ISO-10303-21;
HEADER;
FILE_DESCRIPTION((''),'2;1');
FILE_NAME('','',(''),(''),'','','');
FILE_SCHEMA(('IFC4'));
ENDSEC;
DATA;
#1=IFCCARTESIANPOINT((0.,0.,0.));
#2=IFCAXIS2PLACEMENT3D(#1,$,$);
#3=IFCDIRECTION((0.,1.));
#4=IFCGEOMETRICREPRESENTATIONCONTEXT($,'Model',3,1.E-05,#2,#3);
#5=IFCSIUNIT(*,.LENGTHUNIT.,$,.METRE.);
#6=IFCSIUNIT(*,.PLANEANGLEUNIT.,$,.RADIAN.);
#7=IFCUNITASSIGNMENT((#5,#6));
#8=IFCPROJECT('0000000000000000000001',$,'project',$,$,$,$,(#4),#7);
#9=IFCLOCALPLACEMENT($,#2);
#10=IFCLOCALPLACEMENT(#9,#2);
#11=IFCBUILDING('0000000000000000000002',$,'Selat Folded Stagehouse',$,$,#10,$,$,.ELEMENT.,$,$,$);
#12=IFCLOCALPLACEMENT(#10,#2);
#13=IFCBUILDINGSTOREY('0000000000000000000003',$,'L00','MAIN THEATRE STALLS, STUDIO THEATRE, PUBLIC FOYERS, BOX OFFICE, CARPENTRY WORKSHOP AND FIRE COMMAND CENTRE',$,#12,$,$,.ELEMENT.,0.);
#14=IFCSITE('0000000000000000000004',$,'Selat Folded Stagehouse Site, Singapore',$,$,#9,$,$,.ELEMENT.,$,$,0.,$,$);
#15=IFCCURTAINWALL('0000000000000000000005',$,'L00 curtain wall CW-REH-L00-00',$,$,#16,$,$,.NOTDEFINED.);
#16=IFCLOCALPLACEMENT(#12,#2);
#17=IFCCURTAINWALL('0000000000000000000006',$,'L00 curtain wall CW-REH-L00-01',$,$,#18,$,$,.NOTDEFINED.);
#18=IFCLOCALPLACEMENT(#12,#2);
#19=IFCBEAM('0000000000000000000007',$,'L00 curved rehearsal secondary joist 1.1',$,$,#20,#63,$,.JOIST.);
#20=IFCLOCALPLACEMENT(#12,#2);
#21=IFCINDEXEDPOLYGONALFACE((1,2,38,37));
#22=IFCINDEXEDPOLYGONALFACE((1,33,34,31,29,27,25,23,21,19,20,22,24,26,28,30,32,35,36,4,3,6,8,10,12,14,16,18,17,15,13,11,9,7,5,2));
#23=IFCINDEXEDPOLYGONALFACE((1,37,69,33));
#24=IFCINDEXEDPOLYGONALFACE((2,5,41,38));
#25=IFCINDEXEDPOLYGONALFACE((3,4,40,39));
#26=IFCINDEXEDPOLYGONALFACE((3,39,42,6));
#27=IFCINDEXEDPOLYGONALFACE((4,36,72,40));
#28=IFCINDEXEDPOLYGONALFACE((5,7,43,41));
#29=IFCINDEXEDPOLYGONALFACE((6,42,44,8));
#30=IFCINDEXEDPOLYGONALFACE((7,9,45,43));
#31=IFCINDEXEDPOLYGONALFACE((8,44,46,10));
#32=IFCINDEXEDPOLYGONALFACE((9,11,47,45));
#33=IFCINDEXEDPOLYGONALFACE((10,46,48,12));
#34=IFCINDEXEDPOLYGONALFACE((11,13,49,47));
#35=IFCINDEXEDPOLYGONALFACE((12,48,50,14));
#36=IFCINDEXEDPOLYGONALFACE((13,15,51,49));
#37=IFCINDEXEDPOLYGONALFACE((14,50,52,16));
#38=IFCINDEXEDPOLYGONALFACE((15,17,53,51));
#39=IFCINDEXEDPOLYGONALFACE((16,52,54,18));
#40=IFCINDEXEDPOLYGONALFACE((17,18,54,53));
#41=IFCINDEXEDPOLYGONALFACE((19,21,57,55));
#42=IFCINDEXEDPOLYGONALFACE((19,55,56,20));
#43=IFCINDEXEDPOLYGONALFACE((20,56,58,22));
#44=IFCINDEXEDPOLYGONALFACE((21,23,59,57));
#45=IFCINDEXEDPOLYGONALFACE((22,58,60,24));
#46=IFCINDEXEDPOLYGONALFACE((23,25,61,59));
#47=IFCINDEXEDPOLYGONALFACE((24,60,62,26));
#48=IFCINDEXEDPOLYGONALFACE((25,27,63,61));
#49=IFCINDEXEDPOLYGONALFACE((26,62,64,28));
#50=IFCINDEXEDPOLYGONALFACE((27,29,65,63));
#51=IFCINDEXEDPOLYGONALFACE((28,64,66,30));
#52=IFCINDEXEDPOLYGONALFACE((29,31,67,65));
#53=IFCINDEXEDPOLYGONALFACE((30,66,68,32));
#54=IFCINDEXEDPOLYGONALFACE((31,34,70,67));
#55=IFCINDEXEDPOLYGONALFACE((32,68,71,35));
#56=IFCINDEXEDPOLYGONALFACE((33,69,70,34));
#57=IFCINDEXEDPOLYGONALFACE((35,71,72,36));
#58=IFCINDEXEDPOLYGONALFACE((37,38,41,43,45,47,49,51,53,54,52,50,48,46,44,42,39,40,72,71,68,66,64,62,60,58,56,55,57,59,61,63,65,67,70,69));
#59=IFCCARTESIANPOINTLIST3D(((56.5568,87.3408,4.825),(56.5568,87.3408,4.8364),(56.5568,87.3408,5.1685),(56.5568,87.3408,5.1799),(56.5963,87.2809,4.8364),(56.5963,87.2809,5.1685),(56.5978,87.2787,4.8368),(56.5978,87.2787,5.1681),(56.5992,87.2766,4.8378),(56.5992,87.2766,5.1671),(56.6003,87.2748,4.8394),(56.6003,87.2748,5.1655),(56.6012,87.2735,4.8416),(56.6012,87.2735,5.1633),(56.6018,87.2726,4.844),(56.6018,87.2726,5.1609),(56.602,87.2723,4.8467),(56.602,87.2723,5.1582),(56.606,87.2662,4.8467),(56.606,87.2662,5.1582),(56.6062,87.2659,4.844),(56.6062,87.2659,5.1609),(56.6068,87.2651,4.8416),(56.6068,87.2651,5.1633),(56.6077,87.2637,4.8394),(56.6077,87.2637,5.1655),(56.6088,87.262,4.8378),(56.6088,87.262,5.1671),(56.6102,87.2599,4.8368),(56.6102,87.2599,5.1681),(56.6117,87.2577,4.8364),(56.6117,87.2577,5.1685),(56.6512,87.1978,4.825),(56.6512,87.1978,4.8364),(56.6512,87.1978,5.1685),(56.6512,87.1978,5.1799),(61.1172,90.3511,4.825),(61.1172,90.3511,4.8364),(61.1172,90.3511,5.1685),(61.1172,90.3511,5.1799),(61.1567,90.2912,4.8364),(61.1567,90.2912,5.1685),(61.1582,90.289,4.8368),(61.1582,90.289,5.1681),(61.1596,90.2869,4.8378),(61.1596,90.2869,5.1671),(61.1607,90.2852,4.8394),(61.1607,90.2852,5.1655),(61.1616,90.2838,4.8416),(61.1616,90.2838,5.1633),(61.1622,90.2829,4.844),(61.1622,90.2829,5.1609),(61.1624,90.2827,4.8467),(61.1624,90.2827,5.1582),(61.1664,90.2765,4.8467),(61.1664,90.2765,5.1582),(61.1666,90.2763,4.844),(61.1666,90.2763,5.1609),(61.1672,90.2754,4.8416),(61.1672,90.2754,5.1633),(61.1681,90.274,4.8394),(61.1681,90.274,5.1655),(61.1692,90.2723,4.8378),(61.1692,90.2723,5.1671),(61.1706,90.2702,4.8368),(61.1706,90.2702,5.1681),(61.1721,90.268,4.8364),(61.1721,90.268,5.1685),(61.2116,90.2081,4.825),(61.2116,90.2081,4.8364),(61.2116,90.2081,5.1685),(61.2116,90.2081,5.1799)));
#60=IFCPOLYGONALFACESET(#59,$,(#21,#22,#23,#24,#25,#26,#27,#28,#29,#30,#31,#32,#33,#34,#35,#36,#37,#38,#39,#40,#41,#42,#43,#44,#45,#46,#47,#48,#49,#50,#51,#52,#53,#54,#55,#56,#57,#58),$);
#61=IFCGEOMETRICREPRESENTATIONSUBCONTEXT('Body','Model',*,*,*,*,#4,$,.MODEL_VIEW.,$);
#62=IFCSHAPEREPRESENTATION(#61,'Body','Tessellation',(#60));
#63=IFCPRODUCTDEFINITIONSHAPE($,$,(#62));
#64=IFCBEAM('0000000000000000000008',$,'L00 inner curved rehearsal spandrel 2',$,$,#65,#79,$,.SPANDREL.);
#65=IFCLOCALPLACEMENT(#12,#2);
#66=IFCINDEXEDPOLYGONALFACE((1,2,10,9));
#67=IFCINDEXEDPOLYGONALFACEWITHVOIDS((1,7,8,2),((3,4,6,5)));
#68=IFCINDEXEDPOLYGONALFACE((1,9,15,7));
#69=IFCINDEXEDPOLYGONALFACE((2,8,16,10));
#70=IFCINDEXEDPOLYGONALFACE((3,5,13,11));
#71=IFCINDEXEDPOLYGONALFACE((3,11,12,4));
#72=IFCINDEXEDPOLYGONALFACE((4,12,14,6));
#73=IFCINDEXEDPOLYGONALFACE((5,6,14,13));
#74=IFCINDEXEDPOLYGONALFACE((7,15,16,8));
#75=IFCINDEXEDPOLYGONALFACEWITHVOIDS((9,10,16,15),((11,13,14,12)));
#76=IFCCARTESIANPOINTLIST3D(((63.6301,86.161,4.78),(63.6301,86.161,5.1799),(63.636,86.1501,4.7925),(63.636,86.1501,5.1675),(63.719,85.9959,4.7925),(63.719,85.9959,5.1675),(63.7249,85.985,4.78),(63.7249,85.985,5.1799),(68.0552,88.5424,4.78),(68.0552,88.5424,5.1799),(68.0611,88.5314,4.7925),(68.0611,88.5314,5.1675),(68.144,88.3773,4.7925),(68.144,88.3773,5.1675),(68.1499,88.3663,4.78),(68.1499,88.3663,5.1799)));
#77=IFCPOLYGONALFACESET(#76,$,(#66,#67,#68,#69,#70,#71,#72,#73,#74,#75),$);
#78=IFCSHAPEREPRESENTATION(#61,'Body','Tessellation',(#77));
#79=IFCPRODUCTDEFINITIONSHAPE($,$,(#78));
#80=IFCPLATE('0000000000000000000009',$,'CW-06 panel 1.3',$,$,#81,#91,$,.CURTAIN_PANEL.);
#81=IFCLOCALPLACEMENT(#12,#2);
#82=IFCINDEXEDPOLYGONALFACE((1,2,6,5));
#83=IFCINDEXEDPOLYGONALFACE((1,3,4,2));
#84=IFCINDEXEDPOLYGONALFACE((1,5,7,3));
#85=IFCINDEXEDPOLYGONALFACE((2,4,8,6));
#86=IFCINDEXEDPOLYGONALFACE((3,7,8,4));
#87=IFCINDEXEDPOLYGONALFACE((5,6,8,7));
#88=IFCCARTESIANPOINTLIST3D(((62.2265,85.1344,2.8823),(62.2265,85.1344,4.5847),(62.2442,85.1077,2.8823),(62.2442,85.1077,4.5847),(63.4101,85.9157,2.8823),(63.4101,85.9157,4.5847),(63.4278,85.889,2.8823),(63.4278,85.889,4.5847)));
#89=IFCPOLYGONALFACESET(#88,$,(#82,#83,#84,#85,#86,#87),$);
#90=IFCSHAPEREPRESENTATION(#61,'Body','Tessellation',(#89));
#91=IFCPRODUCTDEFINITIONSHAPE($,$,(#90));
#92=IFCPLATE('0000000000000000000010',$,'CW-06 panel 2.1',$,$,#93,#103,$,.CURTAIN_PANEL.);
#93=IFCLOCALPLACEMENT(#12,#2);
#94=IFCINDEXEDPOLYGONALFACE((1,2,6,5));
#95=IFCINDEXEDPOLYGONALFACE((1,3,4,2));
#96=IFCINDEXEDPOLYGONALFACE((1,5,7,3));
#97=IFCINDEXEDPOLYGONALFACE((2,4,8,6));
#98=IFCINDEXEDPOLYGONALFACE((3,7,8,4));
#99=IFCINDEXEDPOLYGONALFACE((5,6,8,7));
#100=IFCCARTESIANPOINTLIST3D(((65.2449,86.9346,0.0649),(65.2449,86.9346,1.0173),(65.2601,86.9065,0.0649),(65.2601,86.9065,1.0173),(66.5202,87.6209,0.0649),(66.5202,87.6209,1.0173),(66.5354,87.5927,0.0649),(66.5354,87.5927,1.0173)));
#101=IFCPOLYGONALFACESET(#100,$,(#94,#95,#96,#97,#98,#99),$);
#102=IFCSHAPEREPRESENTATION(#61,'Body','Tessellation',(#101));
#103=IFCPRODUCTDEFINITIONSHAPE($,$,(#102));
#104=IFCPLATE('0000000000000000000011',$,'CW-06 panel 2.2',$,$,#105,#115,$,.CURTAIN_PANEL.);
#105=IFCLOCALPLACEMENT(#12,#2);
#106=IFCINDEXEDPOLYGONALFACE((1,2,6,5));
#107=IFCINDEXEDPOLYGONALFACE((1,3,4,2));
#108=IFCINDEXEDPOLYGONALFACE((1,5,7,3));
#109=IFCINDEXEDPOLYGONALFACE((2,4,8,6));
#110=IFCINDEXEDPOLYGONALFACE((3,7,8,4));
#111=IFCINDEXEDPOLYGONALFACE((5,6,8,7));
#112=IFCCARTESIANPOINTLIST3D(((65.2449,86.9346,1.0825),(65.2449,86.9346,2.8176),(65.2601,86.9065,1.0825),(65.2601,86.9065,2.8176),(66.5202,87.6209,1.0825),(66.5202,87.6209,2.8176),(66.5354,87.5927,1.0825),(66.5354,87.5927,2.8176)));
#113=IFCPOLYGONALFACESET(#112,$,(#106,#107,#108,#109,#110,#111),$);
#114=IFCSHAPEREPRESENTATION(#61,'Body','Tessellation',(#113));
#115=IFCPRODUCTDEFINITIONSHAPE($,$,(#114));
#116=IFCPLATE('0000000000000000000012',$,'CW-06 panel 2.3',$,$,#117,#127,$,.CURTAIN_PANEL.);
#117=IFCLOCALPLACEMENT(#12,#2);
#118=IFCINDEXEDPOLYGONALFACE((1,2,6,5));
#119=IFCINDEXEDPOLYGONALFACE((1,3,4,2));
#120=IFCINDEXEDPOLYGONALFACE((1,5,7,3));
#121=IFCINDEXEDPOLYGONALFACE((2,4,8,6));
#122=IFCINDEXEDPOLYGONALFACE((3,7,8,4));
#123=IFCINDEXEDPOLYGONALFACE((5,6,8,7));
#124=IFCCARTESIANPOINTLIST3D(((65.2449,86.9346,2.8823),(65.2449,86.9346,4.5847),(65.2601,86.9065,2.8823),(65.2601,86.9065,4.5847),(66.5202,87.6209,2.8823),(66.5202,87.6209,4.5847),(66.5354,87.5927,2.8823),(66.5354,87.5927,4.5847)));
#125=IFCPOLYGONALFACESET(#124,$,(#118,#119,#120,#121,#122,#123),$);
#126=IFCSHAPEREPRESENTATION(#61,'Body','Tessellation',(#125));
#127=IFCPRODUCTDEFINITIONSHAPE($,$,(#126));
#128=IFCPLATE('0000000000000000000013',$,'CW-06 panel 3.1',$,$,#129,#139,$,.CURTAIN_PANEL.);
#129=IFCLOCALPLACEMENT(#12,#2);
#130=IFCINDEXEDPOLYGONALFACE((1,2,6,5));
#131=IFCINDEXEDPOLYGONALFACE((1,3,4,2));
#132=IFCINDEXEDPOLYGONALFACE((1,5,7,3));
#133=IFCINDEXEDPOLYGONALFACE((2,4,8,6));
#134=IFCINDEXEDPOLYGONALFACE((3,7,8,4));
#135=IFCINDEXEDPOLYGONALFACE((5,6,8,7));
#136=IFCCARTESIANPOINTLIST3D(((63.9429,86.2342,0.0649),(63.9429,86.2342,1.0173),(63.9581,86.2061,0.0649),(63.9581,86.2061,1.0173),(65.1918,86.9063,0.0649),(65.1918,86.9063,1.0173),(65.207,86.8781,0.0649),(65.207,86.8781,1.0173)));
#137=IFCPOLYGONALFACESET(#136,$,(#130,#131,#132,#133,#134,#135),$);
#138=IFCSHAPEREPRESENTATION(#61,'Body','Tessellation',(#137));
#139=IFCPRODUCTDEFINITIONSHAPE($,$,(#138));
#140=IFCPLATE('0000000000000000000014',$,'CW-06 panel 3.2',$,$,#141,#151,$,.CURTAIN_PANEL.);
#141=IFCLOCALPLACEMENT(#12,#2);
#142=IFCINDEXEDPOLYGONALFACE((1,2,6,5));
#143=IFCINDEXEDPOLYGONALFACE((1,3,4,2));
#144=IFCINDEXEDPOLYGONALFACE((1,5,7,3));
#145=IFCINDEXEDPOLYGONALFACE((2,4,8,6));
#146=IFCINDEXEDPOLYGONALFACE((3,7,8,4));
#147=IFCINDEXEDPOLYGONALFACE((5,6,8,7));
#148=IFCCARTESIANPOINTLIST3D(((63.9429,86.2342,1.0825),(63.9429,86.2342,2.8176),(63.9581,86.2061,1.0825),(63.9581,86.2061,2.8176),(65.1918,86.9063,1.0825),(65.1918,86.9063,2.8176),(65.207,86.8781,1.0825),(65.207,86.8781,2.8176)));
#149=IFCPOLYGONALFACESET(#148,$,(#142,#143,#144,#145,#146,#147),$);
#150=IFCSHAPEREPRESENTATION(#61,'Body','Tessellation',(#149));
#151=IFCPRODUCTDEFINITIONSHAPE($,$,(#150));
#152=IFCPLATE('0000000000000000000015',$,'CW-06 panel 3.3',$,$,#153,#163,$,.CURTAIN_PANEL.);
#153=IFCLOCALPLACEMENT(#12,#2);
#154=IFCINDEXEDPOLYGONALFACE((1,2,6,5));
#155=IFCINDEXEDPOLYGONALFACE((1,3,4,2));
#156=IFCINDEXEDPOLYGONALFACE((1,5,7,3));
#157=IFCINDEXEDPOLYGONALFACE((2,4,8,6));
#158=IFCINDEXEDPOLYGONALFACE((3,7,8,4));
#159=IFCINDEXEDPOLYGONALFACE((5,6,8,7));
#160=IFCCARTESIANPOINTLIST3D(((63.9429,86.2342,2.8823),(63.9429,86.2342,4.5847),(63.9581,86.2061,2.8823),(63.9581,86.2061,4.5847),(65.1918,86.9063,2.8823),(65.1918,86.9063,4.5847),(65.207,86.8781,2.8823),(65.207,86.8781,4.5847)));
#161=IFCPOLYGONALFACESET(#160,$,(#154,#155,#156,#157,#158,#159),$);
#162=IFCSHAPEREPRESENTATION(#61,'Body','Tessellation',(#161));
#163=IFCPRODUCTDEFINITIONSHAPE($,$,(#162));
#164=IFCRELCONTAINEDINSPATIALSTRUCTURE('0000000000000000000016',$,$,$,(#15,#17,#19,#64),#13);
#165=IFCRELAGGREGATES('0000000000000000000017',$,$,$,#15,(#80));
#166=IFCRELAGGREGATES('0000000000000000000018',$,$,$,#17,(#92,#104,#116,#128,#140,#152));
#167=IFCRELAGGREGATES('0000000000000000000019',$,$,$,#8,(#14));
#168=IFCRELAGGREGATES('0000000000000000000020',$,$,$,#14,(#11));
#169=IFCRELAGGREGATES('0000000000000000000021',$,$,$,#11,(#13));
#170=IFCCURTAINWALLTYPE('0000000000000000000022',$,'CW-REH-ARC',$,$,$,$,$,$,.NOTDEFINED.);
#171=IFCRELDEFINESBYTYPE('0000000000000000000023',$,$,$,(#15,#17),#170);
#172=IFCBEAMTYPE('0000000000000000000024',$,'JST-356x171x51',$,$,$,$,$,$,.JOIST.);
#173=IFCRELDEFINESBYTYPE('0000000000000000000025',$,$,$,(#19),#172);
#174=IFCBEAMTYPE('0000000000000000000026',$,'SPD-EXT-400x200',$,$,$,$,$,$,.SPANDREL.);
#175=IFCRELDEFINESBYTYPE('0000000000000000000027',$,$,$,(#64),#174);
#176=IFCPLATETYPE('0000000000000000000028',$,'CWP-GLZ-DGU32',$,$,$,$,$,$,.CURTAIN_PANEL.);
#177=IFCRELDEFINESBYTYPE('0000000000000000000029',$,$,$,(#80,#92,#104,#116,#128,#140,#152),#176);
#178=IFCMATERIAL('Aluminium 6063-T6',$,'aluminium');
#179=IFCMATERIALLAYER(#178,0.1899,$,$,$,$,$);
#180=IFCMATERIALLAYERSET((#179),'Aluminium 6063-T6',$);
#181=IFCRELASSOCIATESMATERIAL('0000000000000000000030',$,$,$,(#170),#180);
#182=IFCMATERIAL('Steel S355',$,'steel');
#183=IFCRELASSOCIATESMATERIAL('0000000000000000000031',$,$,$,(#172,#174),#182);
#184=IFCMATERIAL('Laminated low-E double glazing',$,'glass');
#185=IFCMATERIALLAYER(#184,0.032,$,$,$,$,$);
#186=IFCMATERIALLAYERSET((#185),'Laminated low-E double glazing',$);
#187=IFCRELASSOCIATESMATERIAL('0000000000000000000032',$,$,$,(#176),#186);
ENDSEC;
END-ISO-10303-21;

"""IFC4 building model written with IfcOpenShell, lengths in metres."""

from ifc_helpers import new_model, si_unit, direction, frame, origin, origin_2d, place, context, subcontext, project, spatial, rectangle, hollow_rectangle, i_section, extrude, material, layer, layer_set, material_profile, profile_set, type_object, element, aggregate, save


model = new_model("IFC4")

# Units and contexts
model_context = context("Model", 3, precision=1e-05, world=origin(), true_north=direction((0.0, 1.0)))
body_context = subcontext(model_context, "Body", "Model", "MODEL_VIEW")
ifc_project = project(units=[si_unit("LENGTHUNIT", "METRE"), si_unit("PLANEANGLEUNIT", "RADIAN")], contexts=[model_context])

# Site, building, storey
site_placement = place(None, origin())
site = spatial("IfcSite", under=ifc_project, at=site_placement, Name="Selat Folded Stagehouse Site, Singapore", CompositionType="ELEMENT", RefElevation=0.0)
building_placement = place(site_placement, origin())
building = spatial("IfcBuilding", under=site, at=building_placement, Name="Selat Folded Stagehouse", CompositionType="ELEMENT")
storey_placement = place(building_placement, origin())
storey = spatial("IfcBuildingStorey", under=building, at=storey_placement, Name="L00", Description="MAIN THEATRE STALLS, STUDIO THEATRE, PUBLIC FOYERS, BOX OFFICE, CARPENTRY WORKSHOP AND FIRE COMMAND CENTRE", CompositionType="ELEMENT", Elevation=0.0)

# Shared definitions
ifc_material_1 = material(Name="Steel S355", Category="steel")

# Curtain wall
ifc_material_2 = material(Name="Aluminium 6063-T6", Category="aluminium")
ifc_layer_1 = layer(ifc_material_2, 0.1899)
ifc_layer_set_1 = layer_set([ifc_layer_1], Name="Aluminium 6063-T6")
curtain_wall_type = type_object("IfcCurtainWallType", Name="CW-REH-ARC", PredefinedType="NOTDEFINED", material=ifc_layer_set_1)
curtain_wall_1_placement = place(storey_placement, origin())
curtain_wall_1 = element("IfcCurtainWall", 1, at=curtain_wall_1_placement, inside=storey, type_object=curtain_wall_type, Name="L00 curtain wall CW-REH-L00-00", PredefinedType="NOTDEFINED")

# Curtain wall
curtain_wall_2_placement = place(storey_placement, origin())
curtain_wall_2 = element("IfcCurtainWall", 2, at=curtain_wall_2_placement, inside=storey, type_object=curtain_wall_type, Name="L00 curtain wall CW-REH-L00-01", PredefinedType="NOTDEFINED")

# Beams
ifc_material_profile_1 = material_profile(ifc_material_1, i_section(OverallWidth=0.1714, OverallDepth=0.355, WebThickness=0.0073, FlangeThickness=0.0115, FilletRadius=0.0103, at=origin_2d()), Name="UKB 356x171x51")
ifc_profile_set_1 = profile_set([ifc_material_profile_1], Name="Steel S355")
beam_type_1 = type_object("IfcBeamType", Name="JST-356x171x51", PredefinedType="JOIST", material=ifc_profile_set_1)
beam_1_placement = place(storey_placement, frame((56.604, 87.2693, 5.0024), z_axis=(0.834571, 0.5509, 0.0), x_axis=(-0.5509, 0.834571, 0.0)))
element("IfcBeam", 3, at=beam_1_placement, inside=storey, type_object=beam_type_1, Name="L00 curved rehearsal secondary joist 1.1", PredefinedType="JOIST", context=body_context, shape_type="SweptSolid", body=[
    extrude(i_section(OverallWidth=0.1714, OverallDepth=0.355, WebThickness=0.0073, FlangeThickness=0.0115, FilletRadius=0.0103, at=origin_2d()), origin(), (0.0, 0.0, 1.0), 5.4644),
])
ifc_material_profile_2 = material_profile(ifc_material_1, hollow_rectangle(XDim=0.2, YDim=0.3999, WallThickness=0.0125, at=origin_2d()), Name="RHS 400x200x12.5")
ifc_profile_set_2 = profile_set([ifc_material_profile_2], Name="Steel S355")
beam_type_2 = type_object("IfcBeamType", Name="SPD-EXT-400x200", PredefinedType="SPANDREL", material=ifc_profile_set_2)
beam_2_placement = place(storey_placement, frame((63.6775, 86.073, 4.98), z_axis=(0.880585, 0.473888, 0.0), x_axis=(-0.473888, 0.880585, 0.0)))
element("IfcBeam", 4, at=beam_2_placement, inside=storey, type_object=beam_type_2, Name="L00 inner curved rehearsal spandrel 2", PredefinedType="SPANDREL", context=body_context, shape_type="SweptSolid", body=[
    extrude(hollow_rectangle(XDim=0.2, YDim=0.3999, WallThickness=0.0125, at=origin_2d()), origin(), (0.0, 0.0, 1.0), 5.0251),
])

# Plates
ifc_material_3 = material(Name="Laminated low-E double glazing", Category="glass")
ifc_layer_2 = layer(ifc_material_3, 0.032)
ifc_layer_set_2 = layer_set([ifc_layer_2], Name="Laminated low-E double glazing")
plate_type = type_object("IfcPlateType", Name="CWP-GLZ-DGU32", PredefinedType="CURTAIN_PANEL", material=ifc_layer_set_2)
plate_1_placement = place(storey_placement, frame((62.8271, 85.5117, 2.8823), z_axis=(0.0, 0.0, 1.0), x_axis=(-0.834581, -0.550885, 0.0)))
plate_1 = element("IfcPlate", 5, at=plate_1_placement, type_object=plate_type, Name="CW-06 panel 1.3", PredefinedType="CURTAIN_PANEL", context=body_context, shape_type="SweptSolid", body=[
    extrude(rectangle(XDim=1.4182, YDim=0.032, at=origin_2d()), origin(), (0.0, 0.0, 1.0), 1.7024),
])
aggregate(curtain_wall_1, [plate_1])
plate_2_placement = place(storey_placement, frame((65.8901, 87.2637, 0.0649), z_axis=(0.0, 0.0, 1.0), x_axis=(-0.880601, -0.473859, 0.0)))
plate_2 = element("IfcPlate", 6, at=plate_2_placement, type_object=plate_type, Name="CW-06 panel 2.1", PredefinedType="CURTAIN_PANEL", context=body_context, shape_type="SweptSolid", body=[
    extrude(rectangle(XDim=1.4482, YDim=0.032, at=origin_2d()), origin(), (0.0, 0.0, 1.0), 0.9524),
])
plate_3_placement = place(storey_placement, frame((65.8901, 87.2637, 1.0825), z_axis=(0.0, 0.0, 1.0), x_axis=(-0.880601, -0.473859, 0.0)))
plate_3 = element("IfcPlate", 7, at=plate_3_placement, type_object=plate_type, Name="CW-06 panel 2.2", PredefinedType="CURTAIN_PANEL", context=body_context, shape_type="SweptSolid", body=[
    extrude(rectangle(XDim=1.4482, YDim=0.032, at=origin_2d()), origin(), (0.0, 0.0, 1.0), 1.7351),
])
plate_4_placement = place(storey_placement, frame((65.8901, 87.2637, 2.8823), z_axis=(0.0, 0.0, 1.0), x_axis=(-0.880601, -0.473859, 0.0)))
plate_4 = element("IfcPlate", 8, at=plate_4_placement, type_object=plate_type, Name="CW-06 panel 2.3", PredefinedType="CURTAIN_PANEL", context=body_context, shape_type="SweptSolid", body=[
    extrude(rectangle(XDim=1.4482, YDim=0.032, at=origin_2d()), origin(), (0.0, 0.0, 1.0), 1.7024),
])
plate_5_placement = place(storey_placement, frame((64.575, 86.5562, 0.0649), z_axis=(0.0, 0.0, 1.0), x_axis=(-0.880601, -0.473859, 0.0)))
plate_5 = element("IfcPlate", 9, at=plate_5_placement, type_object=plate_type, Name="CW-06 panel 3.1", PredefinedType="CURTAIN_PANEL", context=body_context, shape_type="SweptSolid", body=[
    extrude(rectangle(XDim=1.4182, YDim=0.032, at=origin_2d()), origin(), (0.0, 0.0, 1.0), 0.9524),
])
plate_6_placement = place(storey_placement, frame((64.575, 86.5562, 1.0825), z_axis=(0.0, 0.0, 1.0), x_axis=(-0.880601, -0.473859, 0.0)))
plate_6 = element("IfcPlate", 10, at=plate_6_placement, type_object=plate_type, Name="CW-06 panel 3.2", PredefinedType="CURTAIN_PANEL", context=body_context, shape_type="SweptSolid", body=[
    extrude(rectangle(XDim=1.4182, YDim=0.032, at=origin_2d()), origin(), (0.0, 0.0, 1.0), 1.7351),
])
plate_7_placement = place(storey_placement, frame((64.575, 86.5562, 2.8823), z_axis=(0.0, 0.0, 1.0), x_axis=(-0.880601, -0.473859, 0.0)))
plate_7 = element("IfcPlate", 11, at=plate_7_placement, type_object=plate_type, Name="CW-06 panel 3.3", PredefinedType="CURTAIN_PANEL", context=body_context, shape_type="SweptSolid", body=[
    extrude(rectangle(XDim=1.4182, YDim=0.032, at=origin_2d()), origin(), (0.0, 0.0, 1.0), 1.7024),
])
aggregate(curtain_wall_2, [plate_2, plate_3, plate_4, plate_5, plate_6, plate_7])

save(model, "model.ifc")
